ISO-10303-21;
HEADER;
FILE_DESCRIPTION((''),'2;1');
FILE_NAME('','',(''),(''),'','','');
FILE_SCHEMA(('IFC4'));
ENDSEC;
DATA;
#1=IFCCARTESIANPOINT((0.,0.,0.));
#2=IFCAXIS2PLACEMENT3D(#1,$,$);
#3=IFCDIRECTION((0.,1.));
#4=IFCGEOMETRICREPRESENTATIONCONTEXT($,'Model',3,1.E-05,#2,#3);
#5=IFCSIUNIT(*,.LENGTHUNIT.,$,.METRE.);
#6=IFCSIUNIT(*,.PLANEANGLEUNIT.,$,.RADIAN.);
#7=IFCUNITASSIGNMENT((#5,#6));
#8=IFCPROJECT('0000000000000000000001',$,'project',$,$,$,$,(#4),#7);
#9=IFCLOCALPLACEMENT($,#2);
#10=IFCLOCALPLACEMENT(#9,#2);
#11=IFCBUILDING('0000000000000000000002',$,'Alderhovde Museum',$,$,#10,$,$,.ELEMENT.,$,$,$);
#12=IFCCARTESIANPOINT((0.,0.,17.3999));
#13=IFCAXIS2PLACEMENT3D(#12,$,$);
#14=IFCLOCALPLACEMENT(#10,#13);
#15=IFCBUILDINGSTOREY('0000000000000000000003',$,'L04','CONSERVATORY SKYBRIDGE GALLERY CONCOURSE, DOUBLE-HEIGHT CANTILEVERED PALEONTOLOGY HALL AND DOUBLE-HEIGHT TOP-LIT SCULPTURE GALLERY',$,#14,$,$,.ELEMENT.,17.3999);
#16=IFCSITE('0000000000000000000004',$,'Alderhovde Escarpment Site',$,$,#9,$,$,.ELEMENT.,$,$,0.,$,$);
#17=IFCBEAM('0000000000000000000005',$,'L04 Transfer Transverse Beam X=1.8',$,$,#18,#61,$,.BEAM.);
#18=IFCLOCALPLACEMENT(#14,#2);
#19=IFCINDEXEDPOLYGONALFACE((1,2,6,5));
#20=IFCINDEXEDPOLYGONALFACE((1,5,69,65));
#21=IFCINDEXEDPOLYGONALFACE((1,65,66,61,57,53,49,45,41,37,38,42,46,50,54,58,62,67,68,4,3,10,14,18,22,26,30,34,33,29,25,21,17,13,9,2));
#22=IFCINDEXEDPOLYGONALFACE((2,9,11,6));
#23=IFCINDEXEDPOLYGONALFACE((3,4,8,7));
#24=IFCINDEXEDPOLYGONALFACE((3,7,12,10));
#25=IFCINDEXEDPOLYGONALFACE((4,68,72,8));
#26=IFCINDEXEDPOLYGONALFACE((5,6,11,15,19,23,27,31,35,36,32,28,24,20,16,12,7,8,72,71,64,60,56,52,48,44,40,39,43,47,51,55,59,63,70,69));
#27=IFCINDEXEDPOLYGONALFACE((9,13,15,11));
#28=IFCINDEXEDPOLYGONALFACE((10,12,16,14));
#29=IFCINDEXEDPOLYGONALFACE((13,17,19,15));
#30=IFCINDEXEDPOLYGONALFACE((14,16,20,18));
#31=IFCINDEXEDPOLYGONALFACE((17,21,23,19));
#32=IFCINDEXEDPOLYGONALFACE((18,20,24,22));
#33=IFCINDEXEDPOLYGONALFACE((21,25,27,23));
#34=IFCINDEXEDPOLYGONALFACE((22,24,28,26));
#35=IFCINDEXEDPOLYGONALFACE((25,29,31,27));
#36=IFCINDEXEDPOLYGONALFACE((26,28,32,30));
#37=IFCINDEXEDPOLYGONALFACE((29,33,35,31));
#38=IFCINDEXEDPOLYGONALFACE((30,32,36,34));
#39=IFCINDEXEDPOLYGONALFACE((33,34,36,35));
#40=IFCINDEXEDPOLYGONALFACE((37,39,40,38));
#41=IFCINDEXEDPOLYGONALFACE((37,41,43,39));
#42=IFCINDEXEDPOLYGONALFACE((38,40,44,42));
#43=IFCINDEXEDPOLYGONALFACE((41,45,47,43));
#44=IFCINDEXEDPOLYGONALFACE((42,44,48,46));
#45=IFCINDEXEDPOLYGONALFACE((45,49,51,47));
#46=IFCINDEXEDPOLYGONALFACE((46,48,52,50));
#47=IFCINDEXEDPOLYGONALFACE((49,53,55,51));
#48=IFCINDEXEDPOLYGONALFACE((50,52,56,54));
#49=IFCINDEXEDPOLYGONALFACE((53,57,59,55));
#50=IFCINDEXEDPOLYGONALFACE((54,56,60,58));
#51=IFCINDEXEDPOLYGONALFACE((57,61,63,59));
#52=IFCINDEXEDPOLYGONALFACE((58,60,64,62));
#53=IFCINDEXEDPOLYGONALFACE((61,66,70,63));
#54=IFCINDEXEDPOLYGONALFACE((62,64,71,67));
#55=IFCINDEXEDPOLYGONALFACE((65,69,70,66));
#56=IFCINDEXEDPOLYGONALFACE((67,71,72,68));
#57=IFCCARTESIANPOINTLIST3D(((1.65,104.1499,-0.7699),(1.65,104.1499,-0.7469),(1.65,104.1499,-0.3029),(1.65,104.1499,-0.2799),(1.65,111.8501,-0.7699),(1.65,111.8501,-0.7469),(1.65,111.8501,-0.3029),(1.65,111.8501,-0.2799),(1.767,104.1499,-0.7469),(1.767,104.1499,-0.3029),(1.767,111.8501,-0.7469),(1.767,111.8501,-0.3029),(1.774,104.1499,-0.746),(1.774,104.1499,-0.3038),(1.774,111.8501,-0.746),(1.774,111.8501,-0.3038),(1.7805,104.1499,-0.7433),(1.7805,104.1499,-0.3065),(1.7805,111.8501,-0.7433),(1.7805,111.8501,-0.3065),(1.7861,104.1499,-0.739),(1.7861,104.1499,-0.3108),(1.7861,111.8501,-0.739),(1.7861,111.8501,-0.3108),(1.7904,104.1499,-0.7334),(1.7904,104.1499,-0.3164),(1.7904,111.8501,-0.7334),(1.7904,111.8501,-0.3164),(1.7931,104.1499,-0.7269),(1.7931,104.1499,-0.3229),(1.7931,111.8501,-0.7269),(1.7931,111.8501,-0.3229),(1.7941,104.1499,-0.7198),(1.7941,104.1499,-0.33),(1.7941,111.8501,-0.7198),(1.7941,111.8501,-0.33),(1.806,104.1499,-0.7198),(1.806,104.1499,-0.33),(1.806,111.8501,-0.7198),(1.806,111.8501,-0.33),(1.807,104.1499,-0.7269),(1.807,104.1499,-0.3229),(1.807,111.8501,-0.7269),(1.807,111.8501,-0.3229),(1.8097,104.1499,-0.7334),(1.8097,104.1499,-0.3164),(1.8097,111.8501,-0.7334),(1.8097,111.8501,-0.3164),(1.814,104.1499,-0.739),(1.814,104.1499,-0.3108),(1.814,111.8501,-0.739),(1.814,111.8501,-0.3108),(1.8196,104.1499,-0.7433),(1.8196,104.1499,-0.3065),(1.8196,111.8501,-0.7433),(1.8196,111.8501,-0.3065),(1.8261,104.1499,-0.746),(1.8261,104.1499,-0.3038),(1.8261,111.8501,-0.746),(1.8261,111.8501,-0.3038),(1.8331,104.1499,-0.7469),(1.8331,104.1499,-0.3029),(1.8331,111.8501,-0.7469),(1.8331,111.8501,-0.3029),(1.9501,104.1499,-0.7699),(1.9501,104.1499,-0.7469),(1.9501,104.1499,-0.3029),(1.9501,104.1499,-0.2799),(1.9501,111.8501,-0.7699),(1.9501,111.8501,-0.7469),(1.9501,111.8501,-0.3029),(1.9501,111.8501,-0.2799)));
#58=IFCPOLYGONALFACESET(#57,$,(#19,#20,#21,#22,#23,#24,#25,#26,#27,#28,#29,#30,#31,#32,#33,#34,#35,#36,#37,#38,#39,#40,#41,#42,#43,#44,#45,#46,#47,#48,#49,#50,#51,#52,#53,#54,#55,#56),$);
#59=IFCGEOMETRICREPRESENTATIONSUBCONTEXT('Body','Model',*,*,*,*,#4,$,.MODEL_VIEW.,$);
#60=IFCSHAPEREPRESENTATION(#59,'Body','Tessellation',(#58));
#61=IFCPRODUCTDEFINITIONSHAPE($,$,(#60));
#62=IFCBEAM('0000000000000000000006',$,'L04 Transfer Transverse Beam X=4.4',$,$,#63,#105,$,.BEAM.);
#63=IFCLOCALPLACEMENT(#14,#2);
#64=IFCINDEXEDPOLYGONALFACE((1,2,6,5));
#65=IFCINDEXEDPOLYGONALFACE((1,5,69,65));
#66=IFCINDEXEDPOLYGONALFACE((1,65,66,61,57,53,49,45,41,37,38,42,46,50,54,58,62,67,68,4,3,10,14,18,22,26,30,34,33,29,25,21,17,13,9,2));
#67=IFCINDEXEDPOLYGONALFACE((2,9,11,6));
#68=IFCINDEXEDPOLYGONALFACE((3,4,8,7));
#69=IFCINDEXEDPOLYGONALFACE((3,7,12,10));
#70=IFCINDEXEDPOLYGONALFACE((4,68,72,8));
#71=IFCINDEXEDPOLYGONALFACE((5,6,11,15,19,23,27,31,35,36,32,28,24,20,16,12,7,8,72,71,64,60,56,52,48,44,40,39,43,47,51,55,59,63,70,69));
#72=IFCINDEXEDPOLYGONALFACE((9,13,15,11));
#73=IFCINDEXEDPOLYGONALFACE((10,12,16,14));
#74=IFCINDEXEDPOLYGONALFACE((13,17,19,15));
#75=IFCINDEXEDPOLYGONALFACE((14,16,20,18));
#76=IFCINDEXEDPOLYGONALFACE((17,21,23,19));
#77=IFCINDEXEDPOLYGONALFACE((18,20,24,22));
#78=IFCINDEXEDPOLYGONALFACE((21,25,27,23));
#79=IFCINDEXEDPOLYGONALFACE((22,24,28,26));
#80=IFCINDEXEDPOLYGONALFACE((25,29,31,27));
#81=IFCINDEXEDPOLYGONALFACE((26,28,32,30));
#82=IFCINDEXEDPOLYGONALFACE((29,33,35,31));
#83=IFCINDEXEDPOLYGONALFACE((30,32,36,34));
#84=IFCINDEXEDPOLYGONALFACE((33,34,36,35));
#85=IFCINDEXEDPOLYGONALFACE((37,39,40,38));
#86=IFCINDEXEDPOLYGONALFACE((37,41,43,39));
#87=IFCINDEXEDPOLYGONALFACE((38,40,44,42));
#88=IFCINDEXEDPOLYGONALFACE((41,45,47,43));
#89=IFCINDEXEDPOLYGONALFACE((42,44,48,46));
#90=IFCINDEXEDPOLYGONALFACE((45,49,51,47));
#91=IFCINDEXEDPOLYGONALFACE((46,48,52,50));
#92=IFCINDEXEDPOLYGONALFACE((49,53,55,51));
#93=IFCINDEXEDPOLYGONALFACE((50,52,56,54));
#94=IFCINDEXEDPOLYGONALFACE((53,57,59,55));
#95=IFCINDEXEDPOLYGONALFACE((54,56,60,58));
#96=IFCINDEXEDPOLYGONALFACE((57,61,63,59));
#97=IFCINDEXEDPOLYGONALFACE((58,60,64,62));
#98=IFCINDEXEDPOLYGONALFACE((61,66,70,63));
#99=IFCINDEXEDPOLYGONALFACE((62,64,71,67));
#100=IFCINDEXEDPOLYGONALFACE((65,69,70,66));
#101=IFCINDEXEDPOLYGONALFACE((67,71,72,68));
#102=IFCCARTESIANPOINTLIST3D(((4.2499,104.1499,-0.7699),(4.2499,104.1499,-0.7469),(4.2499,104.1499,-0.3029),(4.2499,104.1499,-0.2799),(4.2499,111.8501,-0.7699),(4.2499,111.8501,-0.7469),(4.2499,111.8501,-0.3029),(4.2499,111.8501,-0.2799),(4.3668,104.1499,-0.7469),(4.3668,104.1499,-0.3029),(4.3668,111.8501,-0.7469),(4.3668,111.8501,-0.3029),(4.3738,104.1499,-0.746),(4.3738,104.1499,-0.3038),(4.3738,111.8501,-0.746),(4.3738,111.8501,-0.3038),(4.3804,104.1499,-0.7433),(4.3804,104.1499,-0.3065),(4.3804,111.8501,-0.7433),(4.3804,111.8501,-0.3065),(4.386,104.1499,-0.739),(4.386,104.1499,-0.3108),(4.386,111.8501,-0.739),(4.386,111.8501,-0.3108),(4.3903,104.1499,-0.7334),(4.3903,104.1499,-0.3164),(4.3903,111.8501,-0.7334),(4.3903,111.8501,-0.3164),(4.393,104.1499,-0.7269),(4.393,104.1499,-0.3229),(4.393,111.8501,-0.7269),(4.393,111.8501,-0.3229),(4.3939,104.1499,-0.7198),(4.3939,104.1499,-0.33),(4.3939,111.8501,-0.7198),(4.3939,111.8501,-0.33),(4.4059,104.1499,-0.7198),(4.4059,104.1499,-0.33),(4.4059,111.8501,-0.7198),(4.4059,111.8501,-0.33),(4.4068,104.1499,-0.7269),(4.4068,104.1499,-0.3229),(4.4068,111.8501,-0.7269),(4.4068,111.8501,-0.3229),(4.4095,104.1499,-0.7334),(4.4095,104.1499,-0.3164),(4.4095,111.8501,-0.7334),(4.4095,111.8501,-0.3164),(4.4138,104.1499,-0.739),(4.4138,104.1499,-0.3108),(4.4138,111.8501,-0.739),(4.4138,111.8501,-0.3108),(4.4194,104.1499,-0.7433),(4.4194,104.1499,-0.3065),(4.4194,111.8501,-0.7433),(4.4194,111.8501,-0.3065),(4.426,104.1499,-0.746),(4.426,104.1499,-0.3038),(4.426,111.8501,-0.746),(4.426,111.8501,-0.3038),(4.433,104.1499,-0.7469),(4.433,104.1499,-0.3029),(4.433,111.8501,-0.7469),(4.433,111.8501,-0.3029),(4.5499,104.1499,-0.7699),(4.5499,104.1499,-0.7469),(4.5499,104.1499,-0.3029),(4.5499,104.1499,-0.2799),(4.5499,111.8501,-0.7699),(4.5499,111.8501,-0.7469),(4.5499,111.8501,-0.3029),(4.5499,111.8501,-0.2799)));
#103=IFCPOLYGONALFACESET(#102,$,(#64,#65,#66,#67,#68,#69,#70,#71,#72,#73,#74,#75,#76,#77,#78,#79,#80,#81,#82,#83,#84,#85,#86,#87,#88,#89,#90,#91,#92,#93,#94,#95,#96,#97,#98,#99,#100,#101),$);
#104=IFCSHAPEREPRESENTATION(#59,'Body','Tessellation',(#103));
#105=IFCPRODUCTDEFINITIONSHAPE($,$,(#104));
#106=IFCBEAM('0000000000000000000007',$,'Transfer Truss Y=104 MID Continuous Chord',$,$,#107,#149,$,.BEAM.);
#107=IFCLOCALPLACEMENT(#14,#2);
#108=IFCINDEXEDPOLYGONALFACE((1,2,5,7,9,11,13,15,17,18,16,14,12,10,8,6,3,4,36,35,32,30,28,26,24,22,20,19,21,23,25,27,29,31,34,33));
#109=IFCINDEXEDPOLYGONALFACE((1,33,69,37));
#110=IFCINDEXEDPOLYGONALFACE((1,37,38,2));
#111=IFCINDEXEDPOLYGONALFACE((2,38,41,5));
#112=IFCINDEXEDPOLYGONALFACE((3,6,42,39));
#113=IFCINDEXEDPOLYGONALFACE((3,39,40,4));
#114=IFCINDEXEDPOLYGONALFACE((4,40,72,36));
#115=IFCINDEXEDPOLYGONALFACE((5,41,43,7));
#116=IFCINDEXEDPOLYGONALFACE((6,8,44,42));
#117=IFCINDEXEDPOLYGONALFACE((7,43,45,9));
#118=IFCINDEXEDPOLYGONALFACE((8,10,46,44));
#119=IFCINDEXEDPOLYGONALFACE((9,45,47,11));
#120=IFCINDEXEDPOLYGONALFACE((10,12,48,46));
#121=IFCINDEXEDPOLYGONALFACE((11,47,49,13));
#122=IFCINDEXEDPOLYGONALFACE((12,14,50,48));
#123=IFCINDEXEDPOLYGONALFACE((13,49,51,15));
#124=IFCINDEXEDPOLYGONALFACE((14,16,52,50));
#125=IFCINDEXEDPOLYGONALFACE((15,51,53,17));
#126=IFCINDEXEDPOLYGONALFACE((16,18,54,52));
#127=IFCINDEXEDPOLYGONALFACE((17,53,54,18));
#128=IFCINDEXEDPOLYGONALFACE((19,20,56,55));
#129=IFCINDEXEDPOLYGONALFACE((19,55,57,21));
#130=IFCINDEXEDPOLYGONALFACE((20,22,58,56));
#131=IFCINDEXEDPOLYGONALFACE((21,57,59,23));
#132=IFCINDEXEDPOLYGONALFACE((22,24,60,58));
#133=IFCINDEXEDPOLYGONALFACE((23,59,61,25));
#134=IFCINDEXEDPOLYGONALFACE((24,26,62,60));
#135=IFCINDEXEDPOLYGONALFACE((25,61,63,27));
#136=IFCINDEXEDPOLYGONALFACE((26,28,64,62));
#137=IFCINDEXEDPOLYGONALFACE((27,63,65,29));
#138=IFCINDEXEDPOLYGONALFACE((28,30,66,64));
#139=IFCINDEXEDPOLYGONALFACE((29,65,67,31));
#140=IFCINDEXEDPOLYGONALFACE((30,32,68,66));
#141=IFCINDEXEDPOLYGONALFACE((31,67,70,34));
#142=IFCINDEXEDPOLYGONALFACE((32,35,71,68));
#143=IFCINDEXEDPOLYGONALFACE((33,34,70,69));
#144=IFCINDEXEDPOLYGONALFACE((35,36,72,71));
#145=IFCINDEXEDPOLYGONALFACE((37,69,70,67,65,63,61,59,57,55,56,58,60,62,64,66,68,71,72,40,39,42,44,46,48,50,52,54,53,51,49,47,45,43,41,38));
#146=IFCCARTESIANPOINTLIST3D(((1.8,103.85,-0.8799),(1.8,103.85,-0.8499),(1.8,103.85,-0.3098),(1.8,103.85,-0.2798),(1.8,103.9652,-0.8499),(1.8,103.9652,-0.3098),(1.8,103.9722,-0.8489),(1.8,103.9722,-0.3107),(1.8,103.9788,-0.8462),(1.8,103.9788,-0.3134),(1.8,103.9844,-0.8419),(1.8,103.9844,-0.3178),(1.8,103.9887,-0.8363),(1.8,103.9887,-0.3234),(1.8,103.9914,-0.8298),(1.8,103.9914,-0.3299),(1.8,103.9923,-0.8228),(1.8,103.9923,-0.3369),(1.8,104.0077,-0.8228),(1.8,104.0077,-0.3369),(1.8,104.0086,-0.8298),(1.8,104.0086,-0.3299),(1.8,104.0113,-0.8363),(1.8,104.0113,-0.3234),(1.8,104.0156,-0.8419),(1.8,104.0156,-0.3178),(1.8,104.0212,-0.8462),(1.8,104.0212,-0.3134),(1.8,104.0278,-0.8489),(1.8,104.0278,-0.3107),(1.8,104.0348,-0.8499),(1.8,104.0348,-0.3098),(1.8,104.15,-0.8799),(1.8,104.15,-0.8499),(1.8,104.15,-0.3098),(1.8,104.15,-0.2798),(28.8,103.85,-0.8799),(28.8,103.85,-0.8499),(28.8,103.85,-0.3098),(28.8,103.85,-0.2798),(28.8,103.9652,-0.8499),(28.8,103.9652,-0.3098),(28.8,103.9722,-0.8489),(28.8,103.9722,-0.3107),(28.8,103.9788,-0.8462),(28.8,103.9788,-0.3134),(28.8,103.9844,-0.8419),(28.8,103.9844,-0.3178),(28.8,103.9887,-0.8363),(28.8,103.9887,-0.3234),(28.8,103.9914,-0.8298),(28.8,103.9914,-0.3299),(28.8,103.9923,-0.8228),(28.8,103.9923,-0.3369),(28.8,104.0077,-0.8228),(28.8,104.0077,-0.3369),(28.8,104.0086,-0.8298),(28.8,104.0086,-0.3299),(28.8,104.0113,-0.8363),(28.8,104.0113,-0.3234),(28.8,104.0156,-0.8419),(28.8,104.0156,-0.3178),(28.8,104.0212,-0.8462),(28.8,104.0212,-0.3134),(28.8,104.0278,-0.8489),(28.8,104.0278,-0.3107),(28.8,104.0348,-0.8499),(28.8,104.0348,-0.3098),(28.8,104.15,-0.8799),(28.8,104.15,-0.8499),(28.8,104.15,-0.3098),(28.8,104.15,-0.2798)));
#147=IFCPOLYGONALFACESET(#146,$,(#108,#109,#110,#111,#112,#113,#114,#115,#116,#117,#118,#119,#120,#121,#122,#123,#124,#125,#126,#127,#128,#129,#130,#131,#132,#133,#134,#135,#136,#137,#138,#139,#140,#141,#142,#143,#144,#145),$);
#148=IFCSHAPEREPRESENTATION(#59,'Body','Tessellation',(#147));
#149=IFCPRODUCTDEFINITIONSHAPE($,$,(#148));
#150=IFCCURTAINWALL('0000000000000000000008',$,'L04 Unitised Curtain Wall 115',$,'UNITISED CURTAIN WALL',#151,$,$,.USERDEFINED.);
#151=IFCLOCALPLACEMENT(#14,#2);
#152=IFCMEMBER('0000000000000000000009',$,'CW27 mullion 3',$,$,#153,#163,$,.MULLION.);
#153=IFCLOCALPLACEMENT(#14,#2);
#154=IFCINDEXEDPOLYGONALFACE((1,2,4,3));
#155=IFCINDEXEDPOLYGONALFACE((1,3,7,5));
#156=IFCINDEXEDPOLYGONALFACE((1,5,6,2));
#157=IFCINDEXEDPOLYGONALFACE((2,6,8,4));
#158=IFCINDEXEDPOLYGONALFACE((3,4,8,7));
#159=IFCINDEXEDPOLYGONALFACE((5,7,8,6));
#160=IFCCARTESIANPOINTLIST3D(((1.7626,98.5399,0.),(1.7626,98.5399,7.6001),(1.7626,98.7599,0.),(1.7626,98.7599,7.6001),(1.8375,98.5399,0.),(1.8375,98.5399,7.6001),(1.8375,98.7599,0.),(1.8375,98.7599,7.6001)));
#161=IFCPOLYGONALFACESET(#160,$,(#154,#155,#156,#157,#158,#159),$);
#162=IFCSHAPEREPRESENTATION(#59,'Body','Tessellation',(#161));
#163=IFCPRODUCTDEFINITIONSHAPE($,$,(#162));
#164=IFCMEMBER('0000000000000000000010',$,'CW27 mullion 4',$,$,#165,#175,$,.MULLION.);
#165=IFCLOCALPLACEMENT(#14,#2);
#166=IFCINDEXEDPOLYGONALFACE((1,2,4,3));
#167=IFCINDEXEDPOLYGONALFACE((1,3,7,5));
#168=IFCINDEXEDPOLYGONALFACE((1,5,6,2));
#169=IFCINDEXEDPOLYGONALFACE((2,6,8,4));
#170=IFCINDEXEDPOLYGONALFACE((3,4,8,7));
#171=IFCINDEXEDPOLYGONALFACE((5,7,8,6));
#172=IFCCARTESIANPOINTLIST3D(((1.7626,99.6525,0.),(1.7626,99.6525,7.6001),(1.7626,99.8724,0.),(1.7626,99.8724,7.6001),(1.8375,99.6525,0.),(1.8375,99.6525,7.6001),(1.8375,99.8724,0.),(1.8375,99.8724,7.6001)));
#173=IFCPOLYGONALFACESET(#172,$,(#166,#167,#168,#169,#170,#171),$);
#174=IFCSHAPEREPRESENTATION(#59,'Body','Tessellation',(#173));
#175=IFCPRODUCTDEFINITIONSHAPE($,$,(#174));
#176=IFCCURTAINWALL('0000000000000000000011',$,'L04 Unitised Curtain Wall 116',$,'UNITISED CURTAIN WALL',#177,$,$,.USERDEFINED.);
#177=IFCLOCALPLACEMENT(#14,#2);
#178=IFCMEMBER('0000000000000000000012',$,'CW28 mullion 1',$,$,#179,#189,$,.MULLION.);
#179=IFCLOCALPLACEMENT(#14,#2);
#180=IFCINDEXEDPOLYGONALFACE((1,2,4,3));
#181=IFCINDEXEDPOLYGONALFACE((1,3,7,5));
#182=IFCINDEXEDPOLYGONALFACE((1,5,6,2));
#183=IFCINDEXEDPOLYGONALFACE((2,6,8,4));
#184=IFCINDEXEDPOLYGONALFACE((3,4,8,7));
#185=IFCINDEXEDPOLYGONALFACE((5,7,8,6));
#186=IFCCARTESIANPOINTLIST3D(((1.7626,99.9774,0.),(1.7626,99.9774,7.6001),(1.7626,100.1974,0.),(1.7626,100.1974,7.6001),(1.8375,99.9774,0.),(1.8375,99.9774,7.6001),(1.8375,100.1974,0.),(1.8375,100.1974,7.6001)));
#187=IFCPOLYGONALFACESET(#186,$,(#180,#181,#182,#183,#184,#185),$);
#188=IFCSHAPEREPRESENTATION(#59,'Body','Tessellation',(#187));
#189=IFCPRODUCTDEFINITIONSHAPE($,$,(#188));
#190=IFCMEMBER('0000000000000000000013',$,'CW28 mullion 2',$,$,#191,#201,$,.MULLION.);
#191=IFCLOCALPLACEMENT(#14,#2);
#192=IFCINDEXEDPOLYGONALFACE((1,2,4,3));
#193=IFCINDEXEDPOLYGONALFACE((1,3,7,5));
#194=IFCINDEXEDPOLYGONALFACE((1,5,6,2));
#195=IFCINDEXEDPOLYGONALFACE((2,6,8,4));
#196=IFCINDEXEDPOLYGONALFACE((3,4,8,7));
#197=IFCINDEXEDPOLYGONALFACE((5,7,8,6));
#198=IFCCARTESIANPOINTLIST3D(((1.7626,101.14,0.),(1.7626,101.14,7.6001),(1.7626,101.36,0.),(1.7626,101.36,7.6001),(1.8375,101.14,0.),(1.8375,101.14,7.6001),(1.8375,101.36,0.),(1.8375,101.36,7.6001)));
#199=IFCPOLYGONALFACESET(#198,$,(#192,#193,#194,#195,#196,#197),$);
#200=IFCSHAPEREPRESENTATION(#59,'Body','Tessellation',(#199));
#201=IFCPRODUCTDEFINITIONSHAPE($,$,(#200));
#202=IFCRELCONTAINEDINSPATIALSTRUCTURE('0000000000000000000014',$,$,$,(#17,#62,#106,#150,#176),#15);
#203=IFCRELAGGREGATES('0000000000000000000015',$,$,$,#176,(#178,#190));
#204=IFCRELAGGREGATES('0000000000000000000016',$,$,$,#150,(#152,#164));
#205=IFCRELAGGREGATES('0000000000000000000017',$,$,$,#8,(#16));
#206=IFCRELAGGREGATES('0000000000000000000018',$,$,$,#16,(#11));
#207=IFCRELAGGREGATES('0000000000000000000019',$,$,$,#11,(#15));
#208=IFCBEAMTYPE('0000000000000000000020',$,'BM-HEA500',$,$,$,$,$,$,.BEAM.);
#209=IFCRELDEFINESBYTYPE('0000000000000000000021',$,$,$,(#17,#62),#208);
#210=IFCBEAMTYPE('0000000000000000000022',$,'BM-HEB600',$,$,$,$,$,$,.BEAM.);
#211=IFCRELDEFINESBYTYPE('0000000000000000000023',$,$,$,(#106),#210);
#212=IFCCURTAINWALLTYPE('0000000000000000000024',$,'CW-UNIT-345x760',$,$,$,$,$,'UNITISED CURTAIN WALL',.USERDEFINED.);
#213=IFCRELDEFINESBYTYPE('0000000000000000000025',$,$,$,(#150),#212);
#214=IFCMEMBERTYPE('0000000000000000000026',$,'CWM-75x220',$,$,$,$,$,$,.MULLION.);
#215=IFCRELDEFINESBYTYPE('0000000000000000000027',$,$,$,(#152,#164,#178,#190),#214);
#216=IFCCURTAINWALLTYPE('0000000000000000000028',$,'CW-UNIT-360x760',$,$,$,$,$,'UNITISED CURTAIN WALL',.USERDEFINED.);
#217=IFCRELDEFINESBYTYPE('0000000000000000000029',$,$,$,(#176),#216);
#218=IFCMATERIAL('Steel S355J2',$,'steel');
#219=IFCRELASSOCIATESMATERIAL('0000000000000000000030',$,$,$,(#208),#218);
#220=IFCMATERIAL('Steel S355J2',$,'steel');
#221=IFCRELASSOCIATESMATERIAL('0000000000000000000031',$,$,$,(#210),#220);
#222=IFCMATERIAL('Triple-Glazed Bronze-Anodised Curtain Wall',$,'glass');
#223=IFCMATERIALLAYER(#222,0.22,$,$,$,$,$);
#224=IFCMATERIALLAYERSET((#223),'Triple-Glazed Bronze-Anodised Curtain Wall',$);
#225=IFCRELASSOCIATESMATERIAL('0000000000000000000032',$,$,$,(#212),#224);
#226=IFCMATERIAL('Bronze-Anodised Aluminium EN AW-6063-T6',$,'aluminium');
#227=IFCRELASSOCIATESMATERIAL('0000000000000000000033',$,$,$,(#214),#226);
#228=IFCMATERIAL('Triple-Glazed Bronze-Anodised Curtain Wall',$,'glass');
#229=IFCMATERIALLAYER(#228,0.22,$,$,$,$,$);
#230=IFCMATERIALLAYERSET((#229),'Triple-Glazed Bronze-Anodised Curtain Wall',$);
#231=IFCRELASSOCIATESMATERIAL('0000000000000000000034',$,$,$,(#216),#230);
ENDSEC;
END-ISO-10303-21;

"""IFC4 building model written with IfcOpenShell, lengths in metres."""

from ifc_helpers import new_model, si_unit, direction, frame, origin, origin_2d, place, context, subcontext, project, spatial, rectangle, i_section, extrude, material, layer, layer_set, material_profile, profile_set, type_object, element, aggregate, save


model = new_model("IFC4")

# Units and contexts
model_context = context("Model", 3, precision=1e-05, world=origin(), true_north=direction((0.0, 1.0)))
body_context = subcontext(model_context, "Body", "Model", "MODEL_VIEW")
ifc_project = project(units=[si_unit("LENGTHUNIT", "METRE"), si_unit("PLANEANGLEUNIT", "RADIAN")], contexts=[model_context])

# Site, building, storey
site_placement = place(None, origin())
site = spatial("IfcSite", under=ifc_project, at=site_placement, Name="Alderhovde Escarpment Site", CompositionType="ELEMENT", RefElevation=0.0)
building_placement = place(site_placement, origin())
building = spatial("IfcBuilding", under=site, at=building_placement, Name="Alderhovde Museum", CompositionType="ELEMENT")
storey_placement = place(building_placement, frame((0.0, 0.0, 17.3999)))
storey = spatial("IfcBuildingStorey", under=building, at=storey_placement, Name="L04", Description="CONSERVATORY SKYBRIDGE GALLERY CONCOURSE, DOUBLE-HEIGHT CANTILEVERED PALEONTOLOGY HALL AND DOUBLE-HEIGHT TOP-LIT SCULPTURE GALLERY", CompositionType="ELEMENT", Elevation=17.3999)

# Beams
ifc_material_1 = material(Name="Steel S355J2", Category="steel")
ifc_material_profile_1 = material_profile(ifc_material_1, i_section(OverallWidth=0.3, OverallDepth=0.49, WebThickness=0.012, FlangeThickness=0.0229, FilletRadius=0.0271, at=origin_2d()), Name="HEA 500")
ifc_profile_set_1 = profile_set([ifc_material_profile_1], Name="Steel S355J2")
beam_type_1 = type_object("IfcBeamType", Name="BM-HEA500", PredefinedType="BEAM", material=ifc_profile_set_1)
for number, where, z_axis, x_axis, name in (
    (1, (1.8, 104.1499, -0.5249), (0.0, 1.0, 0.0), (-1.0, 0.0, 0.0), "L04 Transfer Transverse Beam X=1.8"),
    (2, (4.3999, 104.1499, -0.5249), (0.0, 1.0, 0.0), (-1.0, 0.0, 0.0), "L04 Transfer Transverse Beam X=4.4"),
):
    element("IfcBeam", number, at=place(storey_placement, frame(where, z_axis=z_axis, x_axis=x_axis)), inside=storey, type_object=beam_type_1, Name=name, PredefinedType="BEAM", context=body_context, shape_type="SweptSolid", body=[
        extrude(i_section(OverallWidth=0.3, OverallDepth=0.49, WebThickness=0.012, FlangeThickness=0.0229, FilletRadius=0.0271, at=origin_2d()), origin(), (0.0, 0.0, 1.0), 7.7002),
    ])
ifc_material_2 = material(Name="Steel S355J2", Category="steel")
ifc_material_profile_2 = material_profile(ifc_material_2, i_section(OverallWidth=0.3, OverallDepth=0.6001, WebThickness=0.0154, FlangeThickness=0.03, FilletRadius=0.0271, at=origin_2d()), Name="HEB 600")
ifc_profile_set_2 = profile_set([ifc_material_profile_2], Name="Steel S355J2")
beam_type_2 = type_object("IfcBeamType", Name="BM-HEB600", PredefinedType="BEAM", material=ifc_profile_set_2)
beam_placement = place(storey_placement, frame((1.8, 104.0, -0.5798), z_axis=(1.0, 0.0, 0.0), x_axis=(0.0, 1.0, 0.0)))
element("IfcBeam", 3, at=beam_placement, inside=storey, type_object=beam_type_2, Name="Transfer Truss Y=104 MID Continuous Chord", PredefinedType="BEAM", context=body_context, shape_type="SweptSolid", body=[
    extrude(i_section(OverallWidth=0.3, OverallDepth=0.6001, WebThickness=0.0154, FlangeThickness=0.03, FilletRadius=0.0271, at=origin_2d()), origin(), (0.0, 0.0, 1.0), 27.0),
])

# Curtain walls, members
ifc_material_3 = material(Name="Triple-Glazed Bronze-Anodised Curtain Wall", Category="glass")
ifc_layer_1 = layer(ifc_material_3, 0.22)
ifc_layer_set_1 = layer_set([ifc_layer_1], Name="Triple-Glazed Bronze-Anodised Curtain Wall")
curtain_wall_type_1 = type_object("IfcCurtainWallType", Name="CW-UNIT-345x760", ElementType="UNITISED CURTAIN WALL", PredefinedType="USERDEFINED", material=ifc_layer_set_1)
curtain_wall_1_placement = place(storey_placement, origin())
curtain_wall_1 = element("IfcCurtainWall", 4, at=curtain_wall_1_placement, inside=storey, type_object=curtain_wall_type_1, Name="L04 Unitised Curtain Wall 115", ObjectType="UNITISED CURTAIN WALL", PredefinedType="USERDEFINED")
ifc_material_4 = material(Name="Bronze-Anodised Aluminium EN AW-6063-T6", Category="aluminium")
ifc_material_profile_3 = material_profile(ifc_material_4, rectangle(XDim=0.075, YDim=0.22, at=origin_2d()), Name="MULLION 75x220")
ifc_profile_set_3 = profile_set([ifc_material_profile_3], Name="Bronze-Anodised Aluminium EN AW-6063-T6")
member_type_1 = type_object("IfcMemberType", Name="CWM-75x220", PredefinedType="MULLION", material=ifc_profile_set_3)
member_1_placement = place(storey_placement, frame((1.8, 98.6499, 0.0), z_axis=(0.0, 0.0, 1.0), x_axis=(-1.0, 0.0, 0.0)))
member_1 = element("IfcMember", 5, at=member_1_placement, type_object=member_type_1, Name="CW27 mullion 3", PredefinedType="MULLION", context=body_context, shape_type="SweptSolid", body=[
    extrude(rectangle(XDim=0.075, YDim=0.22, at=origin_2d()), origin(), (0.0, 0.0, 1.0), 7.6001),
])
member_2_placement = place(storey_placement, frame((1.8, 99.7625, 0.0), z_axis=(0.0, 0.0, 1.0), x_axis=(-1.0, 0.0, 0.0)))
member_2 = element("IfcMember", 6, at=member_2_placement, type_object=member_type_1, Name="CW27 mullion 4", PredefinedType="MULLION", context=body_context, shape_type="SweptSolid", body=[
    extrude(rectangle(XDim=0.075, YDim=0.22, at=origin_2d()), origin(), (0.0, 0.0, 1.0), 7.6001),
])
ifc_material_5 = material(Name="Triple-Glazed Bronze-Anodised Curtain Wall", Category="glass")
ifc_layer_2 = layer(ifc_material_5, 0.22)
ifc_layer_set_2 = layer_set([ifc_layer_2], Name="Triple-Glazed Bronze-Anodised Curtain Wall")
curtain_wall_type_2 = type_object("IfcCurtainWallType", Name="CW-UNIT-360x760", ElementType="UNITISED CURTAIN WALL", PredefinedType="USERDEFINED", material=ifc_layer_set_2)
curtain_wall_2_placement = place(storey_placement, origin())
curtain_wall_2 = element("IfcCurtainWall", 7, at=curtain_wall_2_placement, inside=storey, type_object=curtain_wall_type_2, Name="L04 Unitised Curtain Wall 116", ObjectType="UNITISED CURTAIN WALL", PredefinedType="USERDEFINED")
member_3_placement = place(storey_placement, frame((1.8, 100.0874, 0.0), z_axis=(0.0, 0.0, 1.0), x_axis=(-1.0, 0.0, 0.0)))
member_3 = element("IfcMember", 8, at=member_3_placement, type_object=member_type_1, Name="CW28 mullion 1", PredefinedType="MULLION", context=body_context, shape_type="SweptSolid", body=[
    extrude(rectangle(XDim=0.075, YDim=0.22, at=origin_2d()), origin(), (0.0, 0.0, 1.0), 7.6001),
])
member_4_placement = place(storey_placement, frame((1.8, 101.25, 0.0), z_axis=(0.0, 0.0, 1.0), x_axis=(-1.0, 0.0, 0.0)))
member_4 = element("IfcMember", 9, at=member_4_placement, type_object=member_type_1, Name="CW28 mullion 2", PredefinedType="MULLION", context=body_context, shape_type="SweptSolid", body=[
    extrude(rectangle(XDim=0.075, YDim=0.22, at=origin_2d()), origin(), (0.0, 0.0, 1.0), 7.6001),
])

aggregate(curtain_wall_2, [member_3, member_4])
aggregate(curtain_wall_1, [member_1, member_2])

save(model, "model.ifc")
